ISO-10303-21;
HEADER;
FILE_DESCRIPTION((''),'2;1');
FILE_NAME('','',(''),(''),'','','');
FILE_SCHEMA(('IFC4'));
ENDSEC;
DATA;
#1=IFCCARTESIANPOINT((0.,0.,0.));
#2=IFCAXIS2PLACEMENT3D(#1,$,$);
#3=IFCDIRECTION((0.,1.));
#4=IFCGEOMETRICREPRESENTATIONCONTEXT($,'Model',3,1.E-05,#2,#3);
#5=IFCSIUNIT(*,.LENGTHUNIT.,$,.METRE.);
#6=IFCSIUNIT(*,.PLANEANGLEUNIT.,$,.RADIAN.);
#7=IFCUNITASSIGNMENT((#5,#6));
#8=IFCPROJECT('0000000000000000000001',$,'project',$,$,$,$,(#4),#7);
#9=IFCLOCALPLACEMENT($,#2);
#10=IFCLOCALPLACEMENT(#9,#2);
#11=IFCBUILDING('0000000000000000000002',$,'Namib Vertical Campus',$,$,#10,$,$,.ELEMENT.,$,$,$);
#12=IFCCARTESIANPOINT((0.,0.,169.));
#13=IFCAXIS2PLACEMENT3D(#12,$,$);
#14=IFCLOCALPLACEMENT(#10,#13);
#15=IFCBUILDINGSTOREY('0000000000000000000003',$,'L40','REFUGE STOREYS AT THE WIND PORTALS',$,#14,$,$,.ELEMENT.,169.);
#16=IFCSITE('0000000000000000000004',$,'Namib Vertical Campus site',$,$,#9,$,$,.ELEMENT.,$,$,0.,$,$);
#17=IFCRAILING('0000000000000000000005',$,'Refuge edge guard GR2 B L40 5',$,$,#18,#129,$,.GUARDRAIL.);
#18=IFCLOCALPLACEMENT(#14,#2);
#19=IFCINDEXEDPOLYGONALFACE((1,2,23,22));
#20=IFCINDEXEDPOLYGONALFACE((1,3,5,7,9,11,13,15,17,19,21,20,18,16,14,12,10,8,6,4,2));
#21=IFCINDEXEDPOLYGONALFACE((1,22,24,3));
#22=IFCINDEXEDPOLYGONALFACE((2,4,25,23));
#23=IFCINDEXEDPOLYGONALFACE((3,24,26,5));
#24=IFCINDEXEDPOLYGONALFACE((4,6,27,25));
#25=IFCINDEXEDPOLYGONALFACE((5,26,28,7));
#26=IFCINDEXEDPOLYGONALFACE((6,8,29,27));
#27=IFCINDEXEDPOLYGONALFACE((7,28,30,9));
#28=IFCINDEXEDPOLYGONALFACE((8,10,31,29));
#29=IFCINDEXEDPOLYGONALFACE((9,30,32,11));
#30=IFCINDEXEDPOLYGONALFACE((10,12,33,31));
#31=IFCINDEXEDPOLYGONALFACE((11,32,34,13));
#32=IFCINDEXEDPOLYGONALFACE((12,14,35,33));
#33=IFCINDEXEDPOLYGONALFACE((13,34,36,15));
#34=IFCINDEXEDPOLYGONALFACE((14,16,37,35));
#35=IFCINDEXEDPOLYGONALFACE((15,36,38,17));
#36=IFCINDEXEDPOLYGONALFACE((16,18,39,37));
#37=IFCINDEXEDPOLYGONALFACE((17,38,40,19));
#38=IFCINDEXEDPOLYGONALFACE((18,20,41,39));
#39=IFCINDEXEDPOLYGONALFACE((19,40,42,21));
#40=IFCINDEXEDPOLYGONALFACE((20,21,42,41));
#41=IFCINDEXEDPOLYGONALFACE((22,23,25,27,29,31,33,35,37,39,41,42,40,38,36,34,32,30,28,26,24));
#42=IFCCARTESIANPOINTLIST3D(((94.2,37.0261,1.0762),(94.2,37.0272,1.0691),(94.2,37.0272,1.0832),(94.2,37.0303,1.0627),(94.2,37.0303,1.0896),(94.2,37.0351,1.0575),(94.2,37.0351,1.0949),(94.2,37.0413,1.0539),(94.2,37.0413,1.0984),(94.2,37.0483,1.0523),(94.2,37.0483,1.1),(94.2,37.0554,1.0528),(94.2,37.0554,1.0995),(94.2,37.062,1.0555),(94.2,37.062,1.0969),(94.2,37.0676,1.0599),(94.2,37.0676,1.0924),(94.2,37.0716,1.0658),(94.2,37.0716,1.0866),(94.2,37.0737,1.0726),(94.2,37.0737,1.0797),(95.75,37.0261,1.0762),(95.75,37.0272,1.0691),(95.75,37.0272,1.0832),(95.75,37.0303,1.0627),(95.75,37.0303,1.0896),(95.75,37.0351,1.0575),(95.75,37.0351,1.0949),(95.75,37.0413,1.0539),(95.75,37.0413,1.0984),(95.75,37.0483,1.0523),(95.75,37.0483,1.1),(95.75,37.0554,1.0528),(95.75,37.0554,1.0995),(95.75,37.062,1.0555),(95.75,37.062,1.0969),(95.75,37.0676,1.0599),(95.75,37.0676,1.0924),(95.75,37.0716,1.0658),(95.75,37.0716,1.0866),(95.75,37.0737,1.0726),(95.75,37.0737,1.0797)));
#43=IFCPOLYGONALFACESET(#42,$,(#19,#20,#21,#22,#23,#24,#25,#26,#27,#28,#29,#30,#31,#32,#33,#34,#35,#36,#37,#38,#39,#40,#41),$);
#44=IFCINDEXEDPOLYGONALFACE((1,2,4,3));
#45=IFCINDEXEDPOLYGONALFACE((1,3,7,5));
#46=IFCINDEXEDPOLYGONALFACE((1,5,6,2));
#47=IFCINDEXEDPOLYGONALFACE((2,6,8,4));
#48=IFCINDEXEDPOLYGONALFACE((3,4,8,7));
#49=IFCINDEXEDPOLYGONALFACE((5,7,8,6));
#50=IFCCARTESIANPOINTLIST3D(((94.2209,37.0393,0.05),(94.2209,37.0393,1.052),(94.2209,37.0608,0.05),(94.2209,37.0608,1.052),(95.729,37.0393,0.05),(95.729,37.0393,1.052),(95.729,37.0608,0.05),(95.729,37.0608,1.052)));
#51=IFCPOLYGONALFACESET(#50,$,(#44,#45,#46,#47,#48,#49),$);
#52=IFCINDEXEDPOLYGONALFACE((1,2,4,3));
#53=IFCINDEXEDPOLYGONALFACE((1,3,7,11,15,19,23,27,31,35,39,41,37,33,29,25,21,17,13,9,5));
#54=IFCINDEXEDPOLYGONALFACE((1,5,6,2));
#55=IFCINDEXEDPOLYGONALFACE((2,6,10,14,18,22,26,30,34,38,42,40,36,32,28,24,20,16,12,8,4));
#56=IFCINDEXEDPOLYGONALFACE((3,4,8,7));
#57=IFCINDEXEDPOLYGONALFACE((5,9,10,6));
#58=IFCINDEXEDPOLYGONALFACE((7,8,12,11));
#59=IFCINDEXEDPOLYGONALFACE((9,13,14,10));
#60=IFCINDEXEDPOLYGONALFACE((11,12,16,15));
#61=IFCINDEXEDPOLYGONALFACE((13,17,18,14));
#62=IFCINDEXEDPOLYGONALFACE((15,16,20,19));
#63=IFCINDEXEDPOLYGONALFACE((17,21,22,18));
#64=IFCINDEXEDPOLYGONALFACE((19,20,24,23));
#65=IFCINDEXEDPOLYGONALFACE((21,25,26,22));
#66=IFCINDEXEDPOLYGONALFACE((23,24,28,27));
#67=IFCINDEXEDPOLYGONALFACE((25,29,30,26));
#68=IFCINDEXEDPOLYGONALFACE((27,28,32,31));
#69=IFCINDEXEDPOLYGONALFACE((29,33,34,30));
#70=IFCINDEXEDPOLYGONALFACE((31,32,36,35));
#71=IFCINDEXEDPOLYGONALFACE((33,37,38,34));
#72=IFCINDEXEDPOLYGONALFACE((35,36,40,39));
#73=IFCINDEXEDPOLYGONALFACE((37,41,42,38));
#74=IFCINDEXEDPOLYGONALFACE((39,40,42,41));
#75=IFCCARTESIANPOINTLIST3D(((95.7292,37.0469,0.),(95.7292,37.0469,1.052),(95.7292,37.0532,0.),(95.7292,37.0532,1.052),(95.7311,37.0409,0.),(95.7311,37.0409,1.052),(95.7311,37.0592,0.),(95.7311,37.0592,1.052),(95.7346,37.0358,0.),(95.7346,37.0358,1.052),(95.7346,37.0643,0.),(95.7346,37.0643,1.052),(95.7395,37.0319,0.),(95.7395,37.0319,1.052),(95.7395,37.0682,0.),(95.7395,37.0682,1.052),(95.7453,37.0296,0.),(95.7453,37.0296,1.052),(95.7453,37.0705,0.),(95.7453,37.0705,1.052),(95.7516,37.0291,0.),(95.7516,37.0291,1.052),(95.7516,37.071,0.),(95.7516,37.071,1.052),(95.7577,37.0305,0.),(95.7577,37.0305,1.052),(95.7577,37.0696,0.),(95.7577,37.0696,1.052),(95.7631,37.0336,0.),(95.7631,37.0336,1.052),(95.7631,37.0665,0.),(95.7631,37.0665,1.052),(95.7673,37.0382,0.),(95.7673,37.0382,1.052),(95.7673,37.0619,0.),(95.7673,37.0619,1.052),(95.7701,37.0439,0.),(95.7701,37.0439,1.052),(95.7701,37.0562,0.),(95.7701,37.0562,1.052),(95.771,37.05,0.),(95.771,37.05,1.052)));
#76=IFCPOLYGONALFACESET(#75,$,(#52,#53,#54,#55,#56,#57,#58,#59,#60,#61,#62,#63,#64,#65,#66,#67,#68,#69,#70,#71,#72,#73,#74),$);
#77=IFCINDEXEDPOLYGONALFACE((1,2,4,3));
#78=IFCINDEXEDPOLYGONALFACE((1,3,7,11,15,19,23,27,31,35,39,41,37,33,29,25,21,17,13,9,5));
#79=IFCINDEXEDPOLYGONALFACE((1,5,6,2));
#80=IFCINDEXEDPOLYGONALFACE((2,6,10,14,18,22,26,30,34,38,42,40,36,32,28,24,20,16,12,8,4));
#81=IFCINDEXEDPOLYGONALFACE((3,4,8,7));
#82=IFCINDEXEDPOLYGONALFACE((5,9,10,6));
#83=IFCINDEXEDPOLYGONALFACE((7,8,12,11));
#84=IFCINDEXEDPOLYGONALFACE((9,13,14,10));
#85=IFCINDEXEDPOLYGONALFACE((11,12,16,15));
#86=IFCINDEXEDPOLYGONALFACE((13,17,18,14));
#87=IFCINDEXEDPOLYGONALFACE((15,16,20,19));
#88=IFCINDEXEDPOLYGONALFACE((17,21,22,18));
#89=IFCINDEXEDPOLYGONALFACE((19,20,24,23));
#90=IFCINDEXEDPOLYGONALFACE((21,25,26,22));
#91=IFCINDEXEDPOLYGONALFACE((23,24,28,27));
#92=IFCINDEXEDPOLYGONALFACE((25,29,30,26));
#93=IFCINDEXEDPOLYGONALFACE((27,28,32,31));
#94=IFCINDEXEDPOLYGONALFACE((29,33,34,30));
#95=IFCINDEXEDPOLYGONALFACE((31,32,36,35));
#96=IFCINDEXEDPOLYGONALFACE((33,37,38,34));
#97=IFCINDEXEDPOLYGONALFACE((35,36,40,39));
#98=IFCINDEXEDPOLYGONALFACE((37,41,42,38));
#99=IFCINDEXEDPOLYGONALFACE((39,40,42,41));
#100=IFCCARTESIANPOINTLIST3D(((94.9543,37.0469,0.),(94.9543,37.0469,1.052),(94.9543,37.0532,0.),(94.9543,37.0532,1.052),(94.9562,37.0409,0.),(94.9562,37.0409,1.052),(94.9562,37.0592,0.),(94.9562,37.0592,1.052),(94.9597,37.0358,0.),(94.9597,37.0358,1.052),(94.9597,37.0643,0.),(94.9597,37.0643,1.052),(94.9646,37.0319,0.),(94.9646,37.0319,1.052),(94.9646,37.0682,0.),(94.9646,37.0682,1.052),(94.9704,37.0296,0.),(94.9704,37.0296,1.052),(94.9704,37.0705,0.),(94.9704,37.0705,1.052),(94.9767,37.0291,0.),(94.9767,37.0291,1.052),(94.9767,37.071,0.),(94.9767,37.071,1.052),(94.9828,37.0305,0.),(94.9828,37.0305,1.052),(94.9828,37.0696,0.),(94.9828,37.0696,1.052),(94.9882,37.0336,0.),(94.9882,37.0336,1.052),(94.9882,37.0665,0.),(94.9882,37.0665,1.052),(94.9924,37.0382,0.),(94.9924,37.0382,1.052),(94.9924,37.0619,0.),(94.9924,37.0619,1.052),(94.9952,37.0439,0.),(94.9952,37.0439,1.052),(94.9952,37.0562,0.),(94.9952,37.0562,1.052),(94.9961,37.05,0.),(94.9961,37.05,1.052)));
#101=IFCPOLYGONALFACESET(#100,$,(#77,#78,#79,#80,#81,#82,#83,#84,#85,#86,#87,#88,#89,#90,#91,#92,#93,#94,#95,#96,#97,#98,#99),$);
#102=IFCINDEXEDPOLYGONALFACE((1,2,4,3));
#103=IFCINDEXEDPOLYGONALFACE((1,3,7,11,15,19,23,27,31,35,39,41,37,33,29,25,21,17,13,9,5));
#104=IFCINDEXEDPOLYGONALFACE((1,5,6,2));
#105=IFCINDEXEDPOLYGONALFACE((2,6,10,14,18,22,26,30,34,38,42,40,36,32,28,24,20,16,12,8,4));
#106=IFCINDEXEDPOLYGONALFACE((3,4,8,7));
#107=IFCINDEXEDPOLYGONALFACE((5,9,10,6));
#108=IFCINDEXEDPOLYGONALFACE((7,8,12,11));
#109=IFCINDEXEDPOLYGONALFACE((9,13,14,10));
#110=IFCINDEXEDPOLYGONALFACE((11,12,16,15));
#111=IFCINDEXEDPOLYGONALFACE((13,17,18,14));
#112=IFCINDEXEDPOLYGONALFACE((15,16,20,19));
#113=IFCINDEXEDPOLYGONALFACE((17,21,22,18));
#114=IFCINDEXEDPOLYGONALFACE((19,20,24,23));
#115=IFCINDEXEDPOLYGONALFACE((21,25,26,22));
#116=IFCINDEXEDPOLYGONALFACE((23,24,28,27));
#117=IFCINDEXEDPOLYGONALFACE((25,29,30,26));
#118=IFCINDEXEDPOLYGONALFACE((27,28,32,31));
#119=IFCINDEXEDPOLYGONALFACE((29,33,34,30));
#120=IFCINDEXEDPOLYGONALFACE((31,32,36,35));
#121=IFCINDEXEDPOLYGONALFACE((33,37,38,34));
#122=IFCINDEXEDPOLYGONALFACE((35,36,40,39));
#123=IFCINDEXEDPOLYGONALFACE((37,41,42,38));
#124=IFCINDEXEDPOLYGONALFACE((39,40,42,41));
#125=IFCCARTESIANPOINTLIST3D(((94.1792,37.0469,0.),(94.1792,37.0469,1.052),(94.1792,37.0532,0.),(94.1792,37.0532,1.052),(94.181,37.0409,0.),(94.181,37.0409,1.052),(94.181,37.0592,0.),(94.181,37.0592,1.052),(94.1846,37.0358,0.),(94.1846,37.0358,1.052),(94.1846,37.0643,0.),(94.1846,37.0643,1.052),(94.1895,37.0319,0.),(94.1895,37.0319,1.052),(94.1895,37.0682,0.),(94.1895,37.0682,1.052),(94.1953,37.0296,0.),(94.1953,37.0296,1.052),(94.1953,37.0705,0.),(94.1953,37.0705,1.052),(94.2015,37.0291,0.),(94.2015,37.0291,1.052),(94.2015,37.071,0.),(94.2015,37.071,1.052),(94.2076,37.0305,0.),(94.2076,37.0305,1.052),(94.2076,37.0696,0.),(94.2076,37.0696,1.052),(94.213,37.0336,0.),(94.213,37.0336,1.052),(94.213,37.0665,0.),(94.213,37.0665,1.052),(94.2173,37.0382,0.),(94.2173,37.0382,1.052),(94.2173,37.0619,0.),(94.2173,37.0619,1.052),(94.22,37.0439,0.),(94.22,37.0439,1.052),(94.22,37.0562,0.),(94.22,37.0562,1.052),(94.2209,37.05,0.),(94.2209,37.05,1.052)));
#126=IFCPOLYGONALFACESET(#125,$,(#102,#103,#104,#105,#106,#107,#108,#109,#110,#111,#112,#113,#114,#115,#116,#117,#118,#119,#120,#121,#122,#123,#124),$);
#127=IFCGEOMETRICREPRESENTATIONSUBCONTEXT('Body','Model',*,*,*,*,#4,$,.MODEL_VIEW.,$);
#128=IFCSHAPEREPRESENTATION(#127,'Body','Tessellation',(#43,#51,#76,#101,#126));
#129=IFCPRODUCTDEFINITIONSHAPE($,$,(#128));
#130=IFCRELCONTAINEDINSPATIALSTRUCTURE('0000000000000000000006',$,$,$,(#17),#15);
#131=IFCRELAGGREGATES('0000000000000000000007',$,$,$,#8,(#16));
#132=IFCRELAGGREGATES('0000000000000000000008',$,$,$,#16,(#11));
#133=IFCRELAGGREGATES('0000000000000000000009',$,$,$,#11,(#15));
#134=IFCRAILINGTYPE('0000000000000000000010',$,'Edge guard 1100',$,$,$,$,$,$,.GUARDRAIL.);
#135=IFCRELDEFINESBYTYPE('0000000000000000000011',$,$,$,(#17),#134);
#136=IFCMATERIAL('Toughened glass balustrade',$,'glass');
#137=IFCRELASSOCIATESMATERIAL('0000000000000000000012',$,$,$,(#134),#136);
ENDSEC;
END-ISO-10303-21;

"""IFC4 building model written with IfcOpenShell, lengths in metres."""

from ifc_helpers import new_model, si_unit, direction, frame, origin, origin_2d, place, context, subcontext, project, spatial, polyline, circle, outline, extrude, material, type_object, element, save


model = new_model("IFC4")

# Units and contexts
model_context = context("Model", 3, precision=1e-05, world=origin(), true_north=direction((0.0, 1.0)))
body_context = subcontext(model_context, "Body", "Model", "MODEL_VIEW")
ifc_project = project(units=[si_unit("LENGTHUNIT", "METRE"), si_unit("PLANEANGLEUNIT", "RADIAN")], contexts=[model_context])

# Site, building, storey
site_placement = place(None, origin())
site = spatial("IfcSite", under=ifc_project, at=site_placement, Name="Namib Vertical Campus site", CompositionType="ELEMENT", RefElevation=0.0)
building_placement = place(site_placement, origin())
building = spatial("IfcBuilding", under=site, at=building_placement, Name="Namib Vertical Campus", CompositionType="ELEMENT")
storey_placement = place(building_placement, frame((0.0, 0.0, 169.0)))
storey = spatial("IfcBuildingStorey", under=building, at=storey_placement, Name="L40", Description="REFUGE STOREYS AT THE WIND PORTALS", CompositionType="ELEMENT", Elevation=169.0)

# Railing
ifc_material_1 = material(Name="Toughened glass balustrade", Category="glass")
railing_type_1 = type_object("IfcRailingType", Name="Edge guard 1100", PredefinedType="GUARDRAIL", material=ifc_material_1)
railing_1_placement = place(storey_placement, frame((95.75, 37.05, 0.0)))
element("IfcRailing", 1, at=railing_1_placement, inside=storey, type_object=railing_type_1, Name="Refuge edge guard GR2 B L40 5", PredefinedType="GUARDRAIL", context=body_context, shape_type="SweptSolid", body=[
    extrude(circle(Radius=0.0239, at=origin_2d()), frame((0.0, 0.0, 1.0762), z_axis=(-1.0, 0.0, 0.0), x_axis=(0.0, -1.0, 0.0)), (0.0, 0.0, 1.0), 1.55),
    extrude(outline(polyline([(0.021, 0.05), (1.5291, 0.05), (1.5291, 1.052), (0.021, 1.052), (0.021, 0.05)])), frame((0.0, -0.0107, 0.0), z_axis=(0.0, 1.0, 0.0), x_axis=(-1.0, 0.0, 0.0)), (0.0, 0.0, 1.0), 0.0215),
    extrude(circle(Radius=0.021, at=origin_2d()), origin(), (0.0, 0.0, 1.0), 1.052),
    extrude(circle(Radius=0.021, at=origin_2d()), frame((-0.7749, 0.0, 0.0)), (0.0, 0.0, 1.0), 1.052),
    extrude(circle(Radius=0.021, at=origin_2d()), frame((-1.55, 0.0, 0.0)), (0.0, 0.0, 1.0), 1.052),
])

save(model, "model.ifc")
